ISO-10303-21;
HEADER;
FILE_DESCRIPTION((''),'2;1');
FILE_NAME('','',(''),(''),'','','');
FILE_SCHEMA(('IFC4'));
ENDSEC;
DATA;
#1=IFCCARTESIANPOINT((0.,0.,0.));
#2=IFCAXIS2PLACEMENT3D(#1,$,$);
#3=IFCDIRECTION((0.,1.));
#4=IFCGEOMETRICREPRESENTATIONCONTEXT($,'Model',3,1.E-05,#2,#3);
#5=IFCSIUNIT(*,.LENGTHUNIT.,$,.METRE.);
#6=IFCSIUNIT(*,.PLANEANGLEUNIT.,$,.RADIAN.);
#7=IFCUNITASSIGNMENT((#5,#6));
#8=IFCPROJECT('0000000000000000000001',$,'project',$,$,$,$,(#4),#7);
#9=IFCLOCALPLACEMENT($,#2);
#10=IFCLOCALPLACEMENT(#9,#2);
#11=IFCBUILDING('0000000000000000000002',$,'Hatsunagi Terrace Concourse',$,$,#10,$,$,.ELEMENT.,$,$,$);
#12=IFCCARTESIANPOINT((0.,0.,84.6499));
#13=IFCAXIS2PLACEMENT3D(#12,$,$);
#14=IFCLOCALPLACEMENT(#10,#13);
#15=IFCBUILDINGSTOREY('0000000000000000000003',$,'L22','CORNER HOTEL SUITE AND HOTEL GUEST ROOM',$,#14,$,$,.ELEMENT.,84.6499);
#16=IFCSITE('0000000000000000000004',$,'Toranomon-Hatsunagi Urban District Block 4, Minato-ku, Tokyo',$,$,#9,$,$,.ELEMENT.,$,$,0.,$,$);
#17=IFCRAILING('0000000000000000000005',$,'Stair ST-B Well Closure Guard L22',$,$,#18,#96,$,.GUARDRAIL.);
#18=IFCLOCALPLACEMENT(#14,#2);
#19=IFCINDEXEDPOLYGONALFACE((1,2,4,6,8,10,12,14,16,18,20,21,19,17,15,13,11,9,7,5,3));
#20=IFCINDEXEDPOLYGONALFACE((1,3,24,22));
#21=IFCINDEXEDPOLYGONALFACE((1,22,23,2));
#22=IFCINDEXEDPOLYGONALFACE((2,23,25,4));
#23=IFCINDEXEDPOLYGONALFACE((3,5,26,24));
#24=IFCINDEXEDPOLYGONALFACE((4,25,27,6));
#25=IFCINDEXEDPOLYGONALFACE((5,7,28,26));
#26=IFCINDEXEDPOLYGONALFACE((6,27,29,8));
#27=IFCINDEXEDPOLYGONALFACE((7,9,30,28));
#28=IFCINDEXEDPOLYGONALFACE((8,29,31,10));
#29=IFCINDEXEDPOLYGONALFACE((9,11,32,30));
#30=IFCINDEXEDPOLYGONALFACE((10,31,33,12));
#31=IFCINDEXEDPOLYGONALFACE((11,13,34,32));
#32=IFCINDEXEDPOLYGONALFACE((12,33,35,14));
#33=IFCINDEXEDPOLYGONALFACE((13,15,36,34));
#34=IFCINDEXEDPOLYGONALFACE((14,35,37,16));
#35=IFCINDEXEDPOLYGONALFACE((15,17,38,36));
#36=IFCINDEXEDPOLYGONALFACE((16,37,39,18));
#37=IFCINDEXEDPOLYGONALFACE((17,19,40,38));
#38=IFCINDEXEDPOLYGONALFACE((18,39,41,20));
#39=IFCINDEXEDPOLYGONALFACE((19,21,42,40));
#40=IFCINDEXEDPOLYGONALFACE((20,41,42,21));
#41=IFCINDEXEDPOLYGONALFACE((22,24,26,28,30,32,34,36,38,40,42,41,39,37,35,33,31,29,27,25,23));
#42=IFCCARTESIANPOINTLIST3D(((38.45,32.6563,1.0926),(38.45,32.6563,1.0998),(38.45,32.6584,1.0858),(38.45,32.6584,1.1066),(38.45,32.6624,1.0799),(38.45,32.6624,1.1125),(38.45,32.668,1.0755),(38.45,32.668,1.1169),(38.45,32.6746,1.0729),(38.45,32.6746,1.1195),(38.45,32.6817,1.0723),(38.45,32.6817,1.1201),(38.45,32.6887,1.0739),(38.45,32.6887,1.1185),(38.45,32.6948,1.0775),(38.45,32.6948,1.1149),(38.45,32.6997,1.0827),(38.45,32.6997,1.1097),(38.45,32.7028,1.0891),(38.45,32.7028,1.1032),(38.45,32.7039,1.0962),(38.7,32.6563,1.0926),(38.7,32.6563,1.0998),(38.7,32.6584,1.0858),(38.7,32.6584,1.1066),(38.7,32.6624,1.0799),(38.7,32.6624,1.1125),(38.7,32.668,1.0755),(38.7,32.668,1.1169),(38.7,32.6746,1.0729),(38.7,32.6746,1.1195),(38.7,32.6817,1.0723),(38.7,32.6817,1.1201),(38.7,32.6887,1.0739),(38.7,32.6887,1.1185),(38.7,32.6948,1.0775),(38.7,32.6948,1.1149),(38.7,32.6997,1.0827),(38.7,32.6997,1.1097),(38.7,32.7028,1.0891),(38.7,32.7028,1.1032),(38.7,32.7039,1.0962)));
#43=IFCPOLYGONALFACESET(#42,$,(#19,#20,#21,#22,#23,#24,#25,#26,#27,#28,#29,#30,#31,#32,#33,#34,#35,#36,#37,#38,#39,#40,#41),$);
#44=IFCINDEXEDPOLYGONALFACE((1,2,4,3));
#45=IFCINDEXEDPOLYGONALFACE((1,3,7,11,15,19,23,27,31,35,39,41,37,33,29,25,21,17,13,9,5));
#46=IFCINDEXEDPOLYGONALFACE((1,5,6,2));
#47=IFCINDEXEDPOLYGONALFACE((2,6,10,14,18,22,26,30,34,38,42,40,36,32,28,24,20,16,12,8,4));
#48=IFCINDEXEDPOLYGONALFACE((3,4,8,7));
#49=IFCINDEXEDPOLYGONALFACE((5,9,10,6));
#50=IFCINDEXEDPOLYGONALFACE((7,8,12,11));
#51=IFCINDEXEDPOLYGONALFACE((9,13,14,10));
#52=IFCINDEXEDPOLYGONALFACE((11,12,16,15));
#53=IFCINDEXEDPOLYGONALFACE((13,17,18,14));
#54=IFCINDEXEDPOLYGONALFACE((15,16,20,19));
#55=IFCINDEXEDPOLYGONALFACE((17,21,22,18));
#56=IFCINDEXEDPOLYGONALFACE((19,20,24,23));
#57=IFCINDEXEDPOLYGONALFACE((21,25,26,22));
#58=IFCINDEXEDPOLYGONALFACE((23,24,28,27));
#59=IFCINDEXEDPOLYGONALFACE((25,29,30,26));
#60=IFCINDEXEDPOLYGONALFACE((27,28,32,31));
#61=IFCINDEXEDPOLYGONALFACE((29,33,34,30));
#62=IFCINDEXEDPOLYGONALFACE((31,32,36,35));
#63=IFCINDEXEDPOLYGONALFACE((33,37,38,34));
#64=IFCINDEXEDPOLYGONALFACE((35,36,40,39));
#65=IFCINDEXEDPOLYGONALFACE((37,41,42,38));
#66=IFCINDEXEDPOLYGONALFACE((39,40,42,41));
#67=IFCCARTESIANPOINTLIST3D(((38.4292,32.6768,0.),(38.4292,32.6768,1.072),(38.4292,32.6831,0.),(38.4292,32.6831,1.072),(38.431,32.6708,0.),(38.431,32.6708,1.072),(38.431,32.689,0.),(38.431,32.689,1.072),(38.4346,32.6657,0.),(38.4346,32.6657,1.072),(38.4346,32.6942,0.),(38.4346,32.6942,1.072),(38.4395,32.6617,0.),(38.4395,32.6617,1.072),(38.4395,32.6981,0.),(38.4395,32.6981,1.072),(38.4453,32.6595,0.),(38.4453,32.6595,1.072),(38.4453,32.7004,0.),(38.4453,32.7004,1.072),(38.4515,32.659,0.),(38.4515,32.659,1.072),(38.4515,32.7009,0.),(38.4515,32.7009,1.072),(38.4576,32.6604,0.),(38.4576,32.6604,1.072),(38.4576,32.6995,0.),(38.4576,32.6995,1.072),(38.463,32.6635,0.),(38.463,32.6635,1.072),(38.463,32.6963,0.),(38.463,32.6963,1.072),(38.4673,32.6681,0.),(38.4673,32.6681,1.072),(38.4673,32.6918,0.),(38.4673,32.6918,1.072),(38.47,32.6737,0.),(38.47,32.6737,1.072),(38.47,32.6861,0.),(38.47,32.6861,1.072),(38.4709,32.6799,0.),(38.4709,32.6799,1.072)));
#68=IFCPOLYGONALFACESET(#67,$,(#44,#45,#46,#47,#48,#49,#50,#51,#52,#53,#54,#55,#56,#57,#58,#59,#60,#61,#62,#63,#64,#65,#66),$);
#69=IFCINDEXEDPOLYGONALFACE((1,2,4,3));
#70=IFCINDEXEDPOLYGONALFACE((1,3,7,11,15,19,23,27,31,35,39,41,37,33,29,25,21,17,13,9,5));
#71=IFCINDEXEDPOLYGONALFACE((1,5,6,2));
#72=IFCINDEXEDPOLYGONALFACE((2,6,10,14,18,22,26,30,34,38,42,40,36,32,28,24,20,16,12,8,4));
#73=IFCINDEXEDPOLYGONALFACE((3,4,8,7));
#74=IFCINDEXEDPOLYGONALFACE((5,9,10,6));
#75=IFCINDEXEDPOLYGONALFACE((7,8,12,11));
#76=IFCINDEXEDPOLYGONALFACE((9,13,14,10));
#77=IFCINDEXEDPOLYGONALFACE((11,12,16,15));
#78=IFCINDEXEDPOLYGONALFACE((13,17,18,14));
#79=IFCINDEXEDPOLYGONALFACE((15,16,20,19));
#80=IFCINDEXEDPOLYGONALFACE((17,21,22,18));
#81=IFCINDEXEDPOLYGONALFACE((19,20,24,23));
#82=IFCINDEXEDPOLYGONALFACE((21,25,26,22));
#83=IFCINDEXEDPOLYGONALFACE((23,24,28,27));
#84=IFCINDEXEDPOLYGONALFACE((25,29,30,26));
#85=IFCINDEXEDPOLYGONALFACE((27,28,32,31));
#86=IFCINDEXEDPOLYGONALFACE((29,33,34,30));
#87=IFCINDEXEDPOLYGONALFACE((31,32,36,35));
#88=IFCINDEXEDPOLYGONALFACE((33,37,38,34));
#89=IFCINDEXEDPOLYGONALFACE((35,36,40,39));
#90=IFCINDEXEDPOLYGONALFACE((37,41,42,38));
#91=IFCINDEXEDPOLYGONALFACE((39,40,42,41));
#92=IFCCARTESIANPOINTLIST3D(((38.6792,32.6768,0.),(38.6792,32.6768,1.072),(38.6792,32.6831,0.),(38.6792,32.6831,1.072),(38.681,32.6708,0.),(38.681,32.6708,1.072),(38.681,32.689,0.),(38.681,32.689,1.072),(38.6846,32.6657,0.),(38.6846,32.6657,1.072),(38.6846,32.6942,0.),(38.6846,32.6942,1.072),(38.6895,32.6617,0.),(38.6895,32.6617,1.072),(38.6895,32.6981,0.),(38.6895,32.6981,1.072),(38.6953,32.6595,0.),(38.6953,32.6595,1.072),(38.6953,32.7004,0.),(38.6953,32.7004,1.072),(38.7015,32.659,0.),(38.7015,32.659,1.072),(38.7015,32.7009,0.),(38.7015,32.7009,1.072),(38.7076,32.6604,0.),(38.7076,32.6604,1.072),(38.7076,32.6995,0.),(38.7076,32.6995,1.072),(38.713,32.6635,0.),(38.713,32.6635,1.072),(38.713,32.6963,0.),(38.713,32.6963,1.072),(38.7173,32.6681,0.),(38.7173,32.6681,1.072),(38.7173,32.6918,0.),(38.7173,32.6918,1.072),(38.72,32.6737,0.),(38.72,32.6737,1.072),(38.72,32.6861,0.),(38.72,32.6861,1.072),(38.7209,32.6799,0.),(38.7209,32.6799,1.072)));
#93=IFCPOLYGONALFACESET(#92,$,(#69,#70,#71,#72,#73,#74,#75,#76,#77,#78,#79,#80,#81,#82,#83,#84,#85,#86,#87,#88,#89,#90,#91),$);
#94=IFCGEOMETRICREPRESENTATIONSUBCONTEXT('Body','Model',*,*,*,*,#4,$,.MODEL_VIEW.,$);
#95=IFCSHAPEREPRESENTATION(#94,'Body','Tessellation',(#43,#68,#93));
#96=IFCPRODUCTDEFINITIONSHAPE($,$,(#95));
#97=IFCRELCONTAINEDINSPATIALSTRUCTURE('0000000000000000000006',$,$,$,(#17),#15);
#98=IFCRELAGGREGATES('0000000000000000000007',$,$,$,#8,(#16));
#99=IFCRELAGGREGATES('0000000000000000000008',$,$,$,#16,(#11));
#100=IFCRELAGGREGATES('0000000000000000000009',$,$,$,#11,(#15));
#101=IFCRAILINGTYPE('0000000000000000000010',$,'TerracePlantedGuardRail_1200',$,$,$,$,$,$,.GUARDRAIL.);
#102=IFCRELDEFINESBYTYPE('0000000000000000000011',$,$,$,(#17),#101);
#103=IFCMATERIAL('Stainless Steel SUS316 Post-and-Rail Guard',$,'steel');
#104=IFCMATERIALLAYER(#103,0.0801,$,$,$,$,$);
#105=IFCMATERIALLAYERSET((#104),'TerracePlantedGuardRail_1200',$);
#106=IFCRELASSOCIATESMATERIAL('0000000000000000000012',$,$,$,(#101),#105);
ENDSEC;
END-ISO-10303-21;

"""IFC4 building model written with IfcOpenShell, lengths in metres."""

from ifc_helpers import new_model, si_unit, direction, frame, origin, origin_2d, place, context, subcontext, project, spatial, circle, extrude, material, layer, layer_set, type_object, element, save


model = new_model("IFC4")

# Units and contexts
model_context = context("Model", 3, precision=1e-05, world=origin(), true_north=direction((0.0, 1.0)))
body_context = subcontext(model_context, "Body", "Model", "MODEL_VIEW")
ifc_project = project(units=[si_unit("LENGTHUNIT", "METRE"), si_unit("PLANEANGLEUNIT", "RADIAN")], contexts=[model_context])

# Site, building, storey
site_placement = place(None, origin())
site = spatial("IfcSite", under=ifc_project, at=site_placement, Name="Toranomon-Hatsunagi Urban District Block 4, Minato-ku, Tokyo", CompositionType="ELEMENT", RefElevation=0.0)
building_placement = place(site_placement, origin())
building = spatial("IfcBuilding", under=site, at=building_placement, Name="Hatsunagi Terrace Concourse", CompositionType="ELEMENT")
storey_placement = place(building_placement, frame((0.0, 0.0, 84.6499)))
storey = spatial("IfcBuildingStorey", under=building, at=storey_placement, Name="L22", Description="CORNER HOTEL SUITE AND HOTEL GUEST ROOM", CompositionType="ELEMENT", Elevation=84.6499)

# Railing
ifc_material_1 = material(Name="Stainless Steel SUS316 Post-and-Rail Guard", Category="steel")
ifc_layer_1 = layer(ifc_material_1, 0.0801)
ifc_layer_set_1 = layer_set([ifc_layer_1], Name="TerracePlantedGuardRail_1200")
railing_type_1 = type_object("IfcRailingType", Name="TerracePlantedGuardRail_1200", PredefinedType="GUARDRAIL", material=ifc_layer_set_1)
railing_1_placement = place(storey_placement, frame((38.45, 32.6799, 0.0)))
element("IfcRailing", 1, at=railing_1_placement, inside=storey, type_object=railing_type_1, Name="Stair ST-B Well Closure Guard L22", PredefinedType="GUARDRAIL", context=body_context, shape_type="SweptSolid", body=[
    extrude(circle(Radius=0.0239, at=origin_2d()), frame((0.0, 0.0, 1.0962), z_axis=(1.0, 0.0, 0.0), x_axis=(0.0, 1.0, 0.0)), (0.0, 0.0, 1.0), 0.25),
    extrude(circle(Radius=0.021, at=origin_2d()), origin(), (0.0, 0.0, 1.0), 1.072),
    extrude(circle(Radius=0.021, at=origin_2d()), frame((0.25, 0.0, 0.0)), (0.0, 0.0, 1.0), 1.072),
])

save(model, "model.ifc")
